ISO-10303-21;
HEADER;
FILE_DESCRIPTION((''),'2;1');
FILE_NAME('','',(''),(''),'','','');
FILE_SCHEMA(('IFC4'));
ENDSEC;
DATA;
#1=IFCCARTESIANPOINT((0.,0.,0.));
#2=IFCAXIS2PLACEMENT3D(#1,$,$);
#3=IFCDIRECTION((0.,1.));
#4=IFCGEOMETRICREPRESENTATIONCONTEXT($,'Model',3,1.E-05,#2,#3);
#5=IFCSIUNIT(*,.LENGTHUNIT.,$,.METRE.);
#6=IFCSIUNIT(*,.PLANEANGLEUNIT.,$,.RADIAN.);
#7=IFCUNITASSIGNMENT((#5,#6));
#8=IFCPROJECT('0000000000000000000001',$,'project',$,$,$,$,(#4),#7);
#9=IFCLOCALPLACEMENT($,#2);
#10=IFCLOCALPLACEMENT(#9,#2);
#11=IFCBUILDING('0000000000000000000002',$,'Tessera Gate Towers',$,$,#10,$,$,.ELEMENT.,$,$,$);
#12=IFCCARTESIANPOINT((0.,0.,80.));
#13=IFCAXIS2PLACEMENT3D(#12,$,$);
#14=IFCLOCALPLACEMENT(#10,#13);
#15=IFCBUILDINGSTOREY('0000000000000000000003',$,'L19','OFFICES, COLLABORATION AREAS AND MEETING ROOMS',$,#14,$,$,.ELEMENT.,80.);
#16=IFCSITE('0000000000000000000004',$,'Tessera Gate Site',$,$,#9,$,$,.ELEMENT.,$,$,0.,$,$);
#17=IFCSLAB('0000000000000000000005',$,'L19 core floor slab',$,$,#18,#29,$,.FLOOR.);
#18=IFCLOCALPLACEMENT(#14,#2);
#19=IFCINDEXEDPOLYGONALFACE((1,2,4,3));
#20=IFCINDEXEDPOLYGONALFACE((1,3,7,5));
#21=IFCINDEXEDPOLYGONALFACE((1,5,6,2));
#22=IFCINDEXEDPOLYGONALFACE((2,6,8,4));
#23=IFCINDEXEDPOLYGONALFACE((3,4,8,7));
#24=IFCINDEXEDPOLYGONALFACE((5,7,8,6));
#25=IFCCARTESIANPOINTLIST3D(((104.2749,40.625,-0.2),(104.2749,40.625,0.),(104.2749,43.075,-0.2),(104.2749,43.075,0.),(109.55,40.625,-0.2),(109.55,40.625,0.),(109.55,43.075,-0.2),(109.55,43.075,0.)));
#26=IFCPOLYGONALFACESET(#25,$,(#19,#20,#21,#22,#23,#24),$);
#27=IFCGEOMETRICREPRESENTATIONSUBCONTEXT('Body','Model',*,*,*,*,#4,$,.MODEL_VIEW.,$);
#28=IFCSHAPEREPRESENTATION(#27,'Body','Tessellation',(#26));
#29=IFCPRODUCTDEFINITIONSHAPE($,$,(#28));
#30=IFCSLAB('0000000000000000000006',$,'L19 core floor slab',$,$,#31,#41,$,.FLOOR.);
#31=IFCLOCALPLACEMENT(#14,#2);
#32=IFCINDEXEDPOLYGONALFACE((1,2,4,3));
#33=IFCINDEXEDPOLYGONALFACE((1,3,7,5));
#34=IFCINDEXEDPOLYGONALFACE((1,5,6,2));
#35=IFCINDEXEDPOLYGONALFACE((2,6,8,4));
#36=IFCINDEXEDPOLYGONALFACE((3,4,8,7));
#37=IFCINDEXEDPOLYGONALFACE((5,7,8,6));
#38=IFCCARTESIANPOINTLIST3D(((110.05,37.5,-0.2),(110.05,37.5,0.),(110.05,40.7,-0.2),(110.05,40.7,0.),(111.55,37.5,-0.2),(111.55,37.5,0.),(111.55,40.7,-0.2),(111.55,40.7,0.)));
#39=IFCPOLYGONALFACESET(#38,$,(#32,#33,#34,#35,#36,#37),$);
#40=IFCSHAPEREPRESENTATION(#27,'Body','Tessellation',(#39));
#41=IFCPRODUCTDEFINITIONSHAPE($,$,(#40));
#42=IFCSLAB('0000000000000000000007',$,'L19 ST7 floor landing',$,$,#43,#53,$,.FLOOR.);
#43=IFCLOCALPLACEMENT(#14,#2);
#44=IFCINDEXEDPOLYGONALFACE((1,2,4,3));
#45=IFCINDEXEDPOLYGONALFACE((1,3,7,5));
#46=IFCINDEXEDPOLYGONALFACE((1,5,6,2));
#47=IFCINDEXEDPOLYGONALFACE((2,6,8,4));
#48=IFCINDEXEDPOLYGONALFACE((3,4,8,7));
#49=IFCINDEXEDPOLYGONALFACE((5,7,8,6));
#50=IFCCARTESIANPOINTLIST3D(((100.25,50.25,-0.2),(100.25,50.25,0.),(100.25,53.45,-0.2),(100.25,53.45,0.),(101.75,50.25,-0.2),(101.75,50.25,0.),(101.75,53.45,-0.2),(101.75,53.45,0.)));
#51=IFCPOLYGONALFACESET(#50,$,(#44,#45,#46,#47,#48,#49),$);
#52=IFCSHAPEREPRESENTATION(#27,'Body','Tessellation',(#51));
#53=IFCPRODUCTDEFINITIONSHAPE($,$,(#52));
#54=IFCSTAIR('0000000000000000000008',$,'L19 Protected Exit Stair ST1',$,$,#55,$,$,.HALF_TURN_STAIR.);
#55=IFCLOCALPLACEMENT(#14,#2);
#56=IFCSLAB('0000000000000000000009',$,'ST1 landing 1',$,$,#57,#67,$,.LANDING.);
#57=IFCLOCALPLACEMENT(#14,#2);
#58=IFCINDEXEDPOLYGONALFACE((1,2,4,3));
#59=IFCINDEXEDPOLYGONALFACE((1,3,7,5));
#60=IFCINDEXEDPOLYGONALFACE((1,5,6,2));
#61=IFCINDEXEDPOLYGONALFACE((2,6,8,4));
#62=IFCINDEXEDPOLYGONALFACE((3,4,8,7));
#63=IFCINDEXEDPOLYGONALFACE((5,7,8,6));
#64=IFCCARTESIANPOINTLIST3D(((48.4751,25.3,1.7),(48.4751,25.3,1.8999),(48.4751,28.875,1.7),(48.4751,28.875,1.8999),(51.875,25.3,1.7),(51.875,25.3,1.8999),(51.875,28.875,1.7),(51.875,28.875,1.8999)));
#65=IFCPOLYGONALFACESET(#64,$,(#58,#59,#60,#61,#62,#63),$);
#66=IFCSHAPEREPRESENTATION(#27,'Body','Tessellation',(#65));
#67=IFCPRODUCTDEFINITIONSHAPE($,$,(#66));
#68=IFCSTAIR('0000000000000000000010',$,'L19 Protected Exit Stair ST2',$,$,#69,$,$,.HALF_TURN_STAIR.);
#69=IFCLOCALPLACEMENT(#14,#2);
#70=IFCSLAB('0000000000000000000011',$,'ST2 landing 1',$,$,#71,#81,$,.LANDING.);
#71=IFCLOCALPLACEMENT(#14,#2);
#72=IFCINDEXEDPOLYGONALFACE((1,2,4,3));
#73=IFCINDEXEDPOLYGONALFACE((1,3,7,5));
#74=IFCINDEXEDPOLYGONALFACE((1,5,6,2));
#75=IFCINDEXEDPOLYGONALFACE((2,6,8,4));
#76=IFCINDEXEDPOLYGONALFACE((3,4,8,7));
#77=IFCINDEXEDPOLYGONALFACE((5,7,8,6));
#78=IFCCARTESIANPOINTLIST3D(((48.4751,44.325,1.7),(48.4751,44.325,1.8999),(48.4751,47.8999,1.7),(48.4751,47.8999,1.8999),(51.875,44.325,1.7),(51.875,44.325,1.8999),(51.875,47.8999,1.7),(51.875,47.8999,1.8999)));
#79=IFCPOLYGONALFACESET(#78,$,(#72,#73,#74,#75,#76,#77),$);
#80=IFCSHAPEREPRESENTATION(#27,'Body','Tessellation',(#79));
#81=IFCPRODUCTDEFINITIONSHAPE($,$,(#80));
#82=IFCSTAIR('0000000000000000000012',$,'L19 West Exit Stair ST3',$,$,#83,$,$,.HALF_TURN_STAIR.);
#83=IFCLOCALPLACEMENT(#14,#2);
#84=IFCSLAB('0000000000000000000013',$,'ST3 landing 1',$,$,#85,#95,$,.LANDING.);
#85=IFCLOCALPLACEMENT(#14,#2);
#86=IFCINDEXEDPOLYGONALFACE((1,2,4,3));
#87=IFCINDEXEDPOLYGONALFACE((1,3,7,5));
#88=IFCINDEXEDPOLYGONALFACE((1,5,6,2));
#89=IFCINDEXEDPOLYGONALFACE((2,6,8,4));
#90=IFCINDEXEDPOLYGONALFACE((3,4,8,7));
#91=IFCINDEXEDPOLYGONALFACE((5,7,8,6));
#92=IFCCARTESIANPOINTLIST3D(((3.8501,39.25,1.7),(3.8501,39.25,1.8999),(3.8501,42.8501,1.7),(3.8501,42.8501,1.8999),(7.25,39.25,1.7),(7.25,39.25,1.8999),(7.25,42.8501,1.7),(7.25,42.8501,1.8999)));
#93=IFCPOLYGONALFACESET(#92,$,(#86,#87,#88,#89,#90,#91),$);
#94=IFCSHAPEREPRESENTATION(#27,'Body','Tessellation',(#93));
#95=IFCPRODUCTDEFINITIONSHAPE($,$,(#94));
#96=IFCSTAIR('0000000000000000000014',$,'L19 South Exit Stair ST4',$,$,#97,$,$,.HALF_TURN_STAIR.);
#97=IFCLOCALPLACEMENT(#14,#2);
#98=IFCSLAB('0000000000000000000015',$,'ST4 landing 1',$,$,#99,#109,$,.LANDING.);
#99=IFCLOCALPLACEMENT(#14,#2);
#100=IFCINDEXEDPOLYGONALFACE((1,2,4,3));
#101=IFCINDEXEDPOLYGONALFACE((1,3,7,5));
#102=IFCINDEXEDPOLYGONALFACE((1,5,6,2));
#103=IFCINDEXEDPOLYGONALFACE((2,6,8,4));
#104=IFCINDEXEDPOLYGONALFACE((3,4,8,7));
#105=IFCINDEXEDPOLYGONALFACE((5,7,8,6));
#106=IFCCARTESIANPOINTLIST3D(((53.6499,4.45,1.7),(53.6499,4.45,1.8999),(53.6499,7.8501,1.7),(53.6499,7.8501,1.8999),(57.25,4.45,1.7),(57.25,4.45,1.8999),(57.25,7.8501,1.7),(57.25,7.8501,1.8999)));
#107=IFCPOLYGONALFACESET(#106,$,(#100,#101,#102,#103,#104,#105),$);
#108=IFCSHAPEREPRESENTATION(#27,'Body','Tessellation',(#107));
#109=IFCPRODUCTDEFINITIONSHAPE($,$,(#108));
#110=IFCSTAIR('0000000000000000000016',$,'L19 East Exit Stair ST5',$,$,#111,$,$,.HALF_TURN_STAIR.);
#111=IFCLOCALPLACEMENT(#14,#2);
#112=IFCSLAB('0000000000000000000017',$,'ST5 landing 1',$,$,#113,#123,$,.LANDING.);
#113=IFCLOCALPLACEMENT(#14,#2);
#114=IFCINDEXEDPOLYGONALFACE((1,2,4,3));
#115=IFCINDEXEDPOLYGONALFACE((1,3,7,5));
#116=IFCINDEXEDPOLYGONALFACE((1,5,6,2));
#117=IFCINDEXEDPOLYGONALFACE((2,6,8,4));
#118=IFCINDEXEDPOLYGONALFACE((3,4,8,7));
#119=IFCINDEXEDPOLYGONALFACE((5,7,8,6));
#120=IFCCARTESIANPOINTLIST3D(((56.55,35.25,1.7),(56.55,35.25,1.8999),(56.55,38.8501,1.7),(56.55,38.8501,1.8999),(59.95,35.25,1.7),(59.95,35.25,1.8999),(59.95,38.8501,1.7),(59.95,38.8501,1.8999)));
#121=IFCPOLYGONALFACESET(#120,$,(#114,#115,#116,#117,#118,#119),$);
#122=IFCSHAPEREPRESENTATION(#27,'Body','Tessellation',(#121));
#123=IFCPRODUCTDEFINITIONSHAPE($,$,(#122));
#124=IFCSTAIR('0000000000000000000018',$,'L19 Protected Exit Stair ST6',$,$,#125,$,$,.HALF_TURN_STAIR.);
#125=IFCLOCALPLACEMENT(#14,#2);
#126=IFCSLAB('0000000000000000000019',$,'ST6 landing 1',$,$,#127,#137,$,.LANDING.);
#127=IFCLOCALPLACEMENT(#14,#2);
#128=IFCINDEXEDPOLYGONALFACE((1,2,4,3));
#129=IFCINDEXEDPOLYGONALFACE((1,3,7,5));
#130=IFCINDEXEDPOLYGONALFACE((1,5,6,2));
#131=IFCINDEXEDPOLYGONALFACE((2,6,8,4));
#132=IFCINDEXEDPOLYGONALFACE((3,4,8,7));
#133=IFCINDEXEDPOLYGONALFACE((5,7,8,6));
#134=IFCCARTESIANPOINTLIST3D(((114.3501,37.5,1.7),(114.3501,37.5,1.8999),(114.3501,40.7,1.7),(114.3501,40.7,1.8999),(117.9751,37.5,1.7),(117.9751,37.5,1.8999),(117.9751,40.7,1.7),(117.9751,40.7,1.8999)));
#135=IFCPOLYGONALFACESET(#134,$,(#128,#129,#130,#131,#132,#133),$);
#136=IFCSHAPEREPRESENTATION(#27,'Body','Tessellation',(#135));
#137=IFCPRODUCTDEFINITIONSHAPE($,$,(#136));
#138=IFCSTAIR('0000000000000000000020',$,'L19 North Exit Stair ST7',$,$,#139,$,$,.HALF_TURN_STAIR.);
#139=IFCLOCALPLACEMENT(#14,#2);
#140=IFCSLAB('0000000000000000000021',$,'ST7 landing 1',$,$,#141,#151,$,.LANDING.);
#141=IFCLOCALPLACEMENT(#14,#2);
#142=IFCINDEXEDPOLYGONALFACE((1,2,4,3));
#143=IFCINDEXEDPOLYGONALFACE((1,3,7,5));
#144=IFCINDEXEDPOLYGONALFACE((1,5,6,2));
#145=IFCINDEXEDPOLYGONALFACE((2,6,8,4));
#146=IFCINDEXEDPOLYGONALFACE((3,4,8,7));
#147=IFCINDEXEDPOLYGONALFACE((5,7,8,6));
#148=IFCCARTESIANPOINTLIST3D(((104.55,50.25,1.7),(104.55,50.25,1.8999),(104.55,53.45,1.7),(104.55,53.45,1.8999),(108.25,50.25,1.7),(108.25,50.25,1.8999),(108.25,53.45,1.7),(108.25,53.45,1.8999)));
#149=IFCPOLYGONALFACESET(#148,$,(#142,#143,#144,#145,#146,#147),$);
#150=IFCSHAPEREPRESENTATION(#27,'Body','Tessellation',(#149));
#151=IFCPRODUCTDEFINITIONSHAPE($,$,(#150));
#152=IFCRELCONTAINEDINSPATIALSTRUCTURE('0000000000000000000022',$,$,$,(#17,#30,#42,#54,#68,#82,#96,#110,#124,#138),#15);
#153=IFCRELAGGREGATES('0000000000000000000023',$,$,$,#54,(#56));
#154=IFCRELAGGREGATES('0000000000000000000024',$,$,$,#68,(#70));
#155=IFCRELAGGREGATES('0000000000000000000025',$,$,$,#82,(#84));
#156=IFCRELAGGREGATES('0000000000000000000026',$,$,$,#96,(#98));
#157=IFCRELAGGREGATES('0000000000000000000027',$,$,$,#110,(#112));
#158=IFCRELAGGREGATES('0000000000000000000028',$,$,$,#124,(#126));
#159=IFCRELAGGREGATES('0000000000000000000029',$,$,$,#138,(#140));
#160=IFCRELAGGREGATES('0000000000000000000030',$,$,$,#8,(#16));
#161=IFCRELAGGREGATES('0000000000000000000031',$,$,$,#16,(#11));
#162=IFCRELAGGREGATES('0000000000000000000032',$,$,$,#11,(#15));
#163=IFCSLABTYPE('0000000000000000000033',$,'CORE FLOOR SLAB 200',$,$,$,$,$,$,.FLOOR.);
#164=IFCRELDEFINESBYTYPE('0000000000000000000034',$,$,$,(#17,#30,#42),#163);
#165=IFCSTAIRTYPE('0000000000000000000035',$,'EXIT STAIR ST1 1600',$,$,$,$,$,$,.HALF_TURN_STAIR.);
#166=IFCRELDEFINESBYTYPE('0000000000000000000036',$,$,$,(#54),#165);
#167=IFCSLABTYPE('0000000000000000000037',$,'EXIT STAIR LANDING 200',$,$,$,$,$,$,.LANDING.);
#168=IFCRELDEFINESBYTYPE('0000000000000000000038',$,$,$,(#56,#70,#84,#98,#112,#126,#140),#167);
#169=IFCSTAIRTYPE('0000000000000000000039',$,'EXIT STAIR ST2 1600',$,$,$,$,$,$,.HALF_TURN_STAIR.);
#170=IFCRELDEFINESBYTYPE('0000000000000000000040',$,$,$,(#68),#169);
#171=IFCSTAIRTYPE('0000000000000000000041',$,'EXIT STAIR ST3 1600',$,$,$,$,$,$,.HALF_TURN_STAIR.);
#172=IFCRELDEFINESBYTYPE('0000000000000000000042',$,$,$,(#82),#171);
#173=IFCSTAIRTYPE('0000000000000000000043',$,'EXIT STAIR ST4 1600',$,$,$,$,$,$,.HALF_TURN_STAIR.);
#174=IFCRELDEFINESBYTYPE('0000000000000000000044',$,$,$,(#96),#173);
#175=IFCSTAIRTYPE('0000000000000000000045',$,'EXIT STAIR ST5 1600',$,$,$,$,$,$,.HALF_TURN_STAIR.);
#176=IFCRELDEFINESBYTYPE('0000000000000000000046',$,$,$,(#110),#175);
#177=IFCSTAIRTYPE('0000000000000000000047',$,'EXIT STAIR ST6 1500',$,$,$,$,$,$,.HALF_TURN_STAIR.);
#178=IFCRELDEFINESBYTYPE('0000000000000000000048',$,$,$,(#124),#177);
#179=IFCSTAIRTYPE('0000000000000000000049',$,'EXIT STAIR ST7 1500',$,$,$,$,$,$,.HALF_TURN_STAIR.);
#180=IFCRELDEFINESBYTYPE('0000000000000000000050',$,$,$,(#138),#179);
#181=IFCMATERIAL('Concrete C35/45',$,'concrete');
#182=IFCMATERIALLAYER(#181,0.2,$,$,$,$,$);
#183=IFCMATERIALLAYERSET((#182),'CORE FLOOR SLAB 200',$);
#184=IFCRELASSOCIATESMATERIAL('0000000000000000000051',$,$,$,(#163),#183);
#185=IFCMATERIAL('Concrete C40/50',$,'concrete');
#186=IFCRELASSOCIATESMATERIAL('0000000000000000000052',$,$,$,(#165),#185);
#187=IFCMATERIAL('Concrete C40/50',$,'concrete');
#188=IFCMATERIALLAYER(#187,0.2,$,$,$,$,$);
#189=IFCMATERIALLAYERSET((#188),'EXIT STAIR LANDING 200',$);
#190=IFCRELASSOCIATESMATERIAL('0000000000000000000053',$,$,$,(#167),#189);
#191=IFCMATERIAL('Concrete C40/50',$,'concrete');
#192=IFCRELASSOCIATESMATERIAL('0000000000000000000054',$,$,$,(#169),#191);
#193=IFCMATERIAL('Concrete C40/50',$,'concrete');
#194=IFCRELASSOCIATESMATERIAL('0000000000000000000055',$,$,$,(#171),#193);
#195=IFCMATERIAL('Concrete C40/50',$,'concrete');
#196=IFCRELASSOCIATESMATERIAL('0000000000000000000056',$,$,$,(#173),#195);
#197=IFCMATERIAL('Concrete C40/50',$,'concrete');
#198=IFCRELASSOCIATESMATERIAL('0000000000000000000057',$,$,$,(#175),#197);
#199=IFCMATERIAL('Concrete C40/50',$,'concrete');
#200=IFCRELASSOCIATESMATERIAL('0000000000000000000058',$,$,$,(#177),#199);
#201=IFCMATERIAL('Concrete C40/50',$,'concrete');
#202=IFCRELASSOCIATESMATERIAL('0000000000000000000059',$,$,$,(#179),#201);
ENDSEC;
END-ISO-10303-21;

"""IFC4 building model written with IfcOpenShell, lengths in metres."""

from ifc_helpers import new_model, si_unit, direction, frame, origin, place, context, subcontext, project, spatial, polyline, outline, extrude, material, layer, layer_set, type_object, element, aggregate, save


model = new_model("IFC4")

# Units and contexts
model_context = context("Model", 3, precision=1e-05, world=origin(), true_north=direction((0.0, 1.0)))
body_context = subcontext(model_context, "Body", "Model", "MODEL_VIEW")
ifc_project = project(units=[si_unit("LENGTHUNIT", "METRE"), si_unit("PLANEANGLEUNIT", "RADIAN")], contexts=[model_context])

# Site, building, storey
site_placement = place(None, origin())
site = spatial("IfcSite", under=ifc_project, at=site_placement, Name="Tessera Gate Site", CompositionType="ELEMENT", RefElevation=0.0)
building_placement = place(site_placement, origin())
building = spatial("IfcBuilding", under=site, at=building_placement, Name="Tessera Gate Towers", CompositionType="ELEMENT")
storey_placement = place(building_placement, frame((0.0, 0.0, 80.0)))
storey = spatial("IfcBuildingStorey", under=building, at=storey_placement, Name="L19", Description="OFFICES, COLLABORATION AREAS AND MEETING ROOMS", CompositionType="ELEMENT", Elevation=80.0)

# Slabs
ifc_material_1 = material(Name="Concrete C35/45", Category="concrete")
ifc_layer_1 = layer(ifc_material_1, 0.2)
ifc_layer_set_1 = layer_set([ifc_layer_1], Name="CORE FLOOR SLAB 200")
slab_type_1 = type_object("IfcSlabType", Name="CORE FLOOR SLAB 200", PredefinedType="FLOOR", material=ifc_layer_set_1)
slab_1_placement = place(storey_placement, frame((0.0, 0.0, -0.2)))
element("IfcSlab", 1, at=slab_1_placement, inside=storey, type_object=slab_type_1, Name="L19 core floor slab", PredefinedType="FLOOR", context=body_context, shape_type="SweptSolid", body=[
    extrude(outline(polyline([(109.55, 43.075), (104.2749, 43.075), (104.2749, 40.625), (109.55, 40.625), (109.55, 43.075)])), origin(), (0.0, 0.0, 1.0), 0.2),
])
slab_2_placement = place(storey_placement, frame((0.0, 0.0, -0.2)))
element("IfcSlab", 2, at=slab_2_placement, inside=storey, type_object=slab_type_1, Name="L19 core floor slab", PredefinedType="FLOOR", context=body_context, shape_type="SweptSolid", body=[
    extrude(outline(polyline([(111.55, 37.5), (111.55, 40.7), (110.05, 40.7), (110.05, 37.5), (111.55, 37.5)])), origin(), (0.0, 0.0, 1.0), 0.2),
])
slab_3_placement = place(storey_placement, frame((0.0, 0.0, -0.2)))
element("IfcSlab", 3, at=slab_3_placement, inside=storey, type_object=slab_type_1, Name="L19 ST7 floor landing", PredefinedType="FLOOR", context=body_context, shape_type="SweptSolid", body=[
    extrude(outline(polyline([(100.25, 50.25), (101.75, 50.25), (101.75, 53.45), (100.25, 53.45), (100.25, 50.25)])), origin(), (0.0, 0.0, 1.0), 0.2),
])

# Stairs, slabs
ifc_material_2 = material(Name="Concrete C40/50", Category="concrete")
stair_type_1 = type_object("IfcStairType", Name="EXIT STAIR ST1 1600", PredefinedType="HALF_TURN_STAIR", material=ifc_material_2)
stair_1_placement = place(storey_placement, origin())
stair_1 = element("IfcStair", 4, at=stair_1_placement, inside=storey, type_object=stair_type_1, Name="L19 Protected Exit Stair ST1", PredefinedType="HALF_TURN_STAIR")
ifc_material_3 = material(Name="Concrete C40/50", Category="concrete")
ifc_layer_2 = layer(ifc_material_3, 0.2)
ifc_layer_set_2 = layer_set([ifc_layer_2], Name="EXIT STAIR LANDING 200")
slab_type_2 = type_object("IfcSlabType", Name="EXIT STAIR LANDING 200", PredefinedType="LANDING", material=ifc_layer_set_2)
slab_4_placement = place(storey_placement, frame((0.0, 0.0, 1.7)))
slab_4 = element("IfcSlab", 5, at=slab_4_placement, type_object=slab_type_2, Name="ST1 landing 1", PredefinedType="LANDING", context=body_context, shape_type="SweptSolid", body=[
    extrude(outline(polyline([(48.4751, 28.875), (48.4751, 25.3), (51.875, 25.3), (51.875, 28.875), (48.4751, 28.875)])), origin(), (0.0, 0.0, 1.0), 0.2),
])
aggregate(stair_1, [slab_4])
ifc_material_4 = material(Name="Concrete C40/50", Category="concrete")
stair_type_2 = type_object("IfcStairType", Name="EXIT STAIR ST2 1600", PredefinedType="HALF_TURN_STAIR", material=ifc_material_4)
stair_2_placement = place(storey_placement, origin())
stair_2 = element("IfcStair", 6, at=stair_2_placement, inside=storey, type_object=stair_type_2, Name="L19 Protected Exit Stair ST2", PredefinedType="HALF_TURN_STAIR")
slab_5_placement = place(storey_placement, frame((0.0, 0.0, 1.7)))
slab_5 = element("IfcSlab", 7, at=slab_5_placement, type_object=slab_type_2, Name="ST2 landing 1", PredefinedType="LANDING", context=body_context, shape_type="SweptSolid", body=[
    extrude(outline(polyline([(51.875, 44.325), (51.875, 47.8999), (48.4751, 47.8999), (48.4751, 44.325), (51.875, 44.325)])), origin(), (0.0, 0.0, 1.0), 0.2),
])
aggregate(stair_2, [slab_5])
ifc_material_5 = material(Name="Concrete C40/50", Category="concrete")
stair_type_3 = type_object("IfcStairType", Name="EXIT STAIR ST3 1600", PredefinedType="HALF_TURN_STAIR", material=ifc_material_5)
stair_3_placement = place(storey_placement, origin())
stair_3 = element("IfcStair", 8, at=stair_3_placement, inside=storey, type_object=stair_type_3, Name="L19 West Exit Stair ST3", PredefinedType="HALF_TURN_STAIR")
slab_6_placement = place(storey_placement, frame((0.0, 0.0, 1.7)))
slab_6 = element("IfcSlab", 9, at=slab_6_placement, type_object=slab_type_2, Name="ST3 landing 1", PredefinedType="LANDING", context=body_context, shape_type="SweptSolid", body=[
    extrude(outline(polyline([(3.8501, 42.8501), (3.8501, 39.25), (7.25, 39.25), (7.25, 42.8501), (3.8501, 42.8501)])), origin(), (0.0, 0.0, 1.0), 0.2),
])
aggregate(stair_3, [slab_6])
ifc_material_6 = material(Name="Concrete C40/50", Category="concrete")
stair_type_4 = type_object("IfcStairType", Name="EXIT STAIR ST4 1600", PredefinedType="HALF_TURN_STAIR", material=ifc_material_6)
stair_4_placement = place(storey_placement, origin())
stair_4 = element("IfcStair", 10, at=stair_4_placement, inside=storey, type_object=stair_type_4, Name="L19 South Exit Stair ST4", PredefinedType="HALF_TURN_STAIR")
slab_7_placement = place(storey_placement, frame((0.0, 0.0, 1.7)))
slab_7 = element("IfcSlab", 11, at=slab_7_placement, type_object=slab_type_2, Name="ST4 landing 1", PredefinedType="LANDING", context=body_context, shape_type="SweptSolid", body=[
    extrude(outline(polyline([(53.6499, 4.45), (57.25, 4.45), (57.25, 7.8501), (53.6499, 7.8501), (53.6499, 4.45)])), origin(), (0.0, 0.0, 1.0), 0.2),
])
aggregate(stair_4, [slab_7])
ifc_material_7 = material(Name="Concrete C40/50", Category="concrete")
stair_type_5 = type_object("IfcStairType", Name="EXIT STAIR ST5 1600", PredefinedType="HALF_TURN_STAIR", material=ifc_material_7)
stair_5_placement = place(storey_placement, origin())
stair_5 = element("IfcStair", 12, at=stair_5_placement, inside=storey, type_object=stair_type_5, Name="L19 East Exit Stair ST5", PredefinedType="HALF_TURN_STAIR")
slab_8_placement = place(storey_placement, frame((0.0, 0.0, 1.7)))
slab_8 = element("IfcSlab", 13, at=slab_8_placement, type_object=slab_type_2, Name="ST5 landing 1", PredefinedType="LANDING", context=body_context, shape_type="SweptSolid", body=[
    extrude(outline(polyline([(59.95, 35.25), (59.95, 38.8501), (56.55, 38.8501), (56.55, 35.25), (59.95, 35.25)])), origin(), (0.0, 0.0, 1.0), 0.2),
])
aggregate(stair_5, [slab_8])
ifc_material_8 = material(Name="Concrete C40/50", Category="concrete")
stair_type_6 = type_object("IfcStairType", Name="EXIT STAIR ST6 1500", PredefinedType="HALF_TURN_STAIR", material=ifc_material_8)
stair_6_placement = place(storey_placement, origin())
stair_6 = element("IfcStair", 14, at=stair_6_placement, inside=storey, type_object=stair_type_6, Name="L19 Protected Exit Stair ST6", PredefinedType="HALF_TURN_STAIR")
slab_9_placement = place(storey_placement, frame((0.0, 0.0, 1.7)))
slab_9 = element("IfcSlab", 15, at=slab_9_placement, type_object=slab_type_2, Name="ST6 landing 1", PredefinedType="LANDING", context=body_context, shape_type="SweptSolid", body=[
    extrude(outline(polyline([(114.3501, 37.5), (117.9751, 37.5), (117.9751, 40.7), (114.3501, 40.7), (114.3501, 37.5)])), origin(), (0.0, 0.0, 1.0), 0.2),
])
aggregate(stair_6, [slab_9])
ifc_material_9 = material(Name="Concrete C40/50", Category="concrete")
stair_type_7 = type_object("IfcStairType", Name="EXIT STAIR ST7 1500", PredefinedType="HALF_TURN_STAIR", material=ifc_material_9)
stair_7_placement = place(storey_placement, origin())
stair_7 = element("IfcStair", 16, at=stair_7_placement, inside=storey, type_object=stair_type_7, Name="L19 North Exit Stair ST7", PredefinedType="HALF_TURN_STAIR")
slab_10_placement = place(storey_placement, frame((0.0, 0.0, 1.7)))
slab_10 = element("IfcSlab", 17, at=slab_10_placement, type_object=slab_type_2, Name="ST7 landing 1", PredefinedType="LANDING", context=body_context, shape_type="SweptSolid", body=[
    extrude(outline(polyline([(104.55, 50.25), (108.25, 50.25), (108.25, 53.45), (104.55, 53.45), (104.55, 50.25)])), origin(), (0.0, 0.0, 1.0), 0.2),
])
aggregate(stair_7, [slab_10])

save(model, "model.ifc")
